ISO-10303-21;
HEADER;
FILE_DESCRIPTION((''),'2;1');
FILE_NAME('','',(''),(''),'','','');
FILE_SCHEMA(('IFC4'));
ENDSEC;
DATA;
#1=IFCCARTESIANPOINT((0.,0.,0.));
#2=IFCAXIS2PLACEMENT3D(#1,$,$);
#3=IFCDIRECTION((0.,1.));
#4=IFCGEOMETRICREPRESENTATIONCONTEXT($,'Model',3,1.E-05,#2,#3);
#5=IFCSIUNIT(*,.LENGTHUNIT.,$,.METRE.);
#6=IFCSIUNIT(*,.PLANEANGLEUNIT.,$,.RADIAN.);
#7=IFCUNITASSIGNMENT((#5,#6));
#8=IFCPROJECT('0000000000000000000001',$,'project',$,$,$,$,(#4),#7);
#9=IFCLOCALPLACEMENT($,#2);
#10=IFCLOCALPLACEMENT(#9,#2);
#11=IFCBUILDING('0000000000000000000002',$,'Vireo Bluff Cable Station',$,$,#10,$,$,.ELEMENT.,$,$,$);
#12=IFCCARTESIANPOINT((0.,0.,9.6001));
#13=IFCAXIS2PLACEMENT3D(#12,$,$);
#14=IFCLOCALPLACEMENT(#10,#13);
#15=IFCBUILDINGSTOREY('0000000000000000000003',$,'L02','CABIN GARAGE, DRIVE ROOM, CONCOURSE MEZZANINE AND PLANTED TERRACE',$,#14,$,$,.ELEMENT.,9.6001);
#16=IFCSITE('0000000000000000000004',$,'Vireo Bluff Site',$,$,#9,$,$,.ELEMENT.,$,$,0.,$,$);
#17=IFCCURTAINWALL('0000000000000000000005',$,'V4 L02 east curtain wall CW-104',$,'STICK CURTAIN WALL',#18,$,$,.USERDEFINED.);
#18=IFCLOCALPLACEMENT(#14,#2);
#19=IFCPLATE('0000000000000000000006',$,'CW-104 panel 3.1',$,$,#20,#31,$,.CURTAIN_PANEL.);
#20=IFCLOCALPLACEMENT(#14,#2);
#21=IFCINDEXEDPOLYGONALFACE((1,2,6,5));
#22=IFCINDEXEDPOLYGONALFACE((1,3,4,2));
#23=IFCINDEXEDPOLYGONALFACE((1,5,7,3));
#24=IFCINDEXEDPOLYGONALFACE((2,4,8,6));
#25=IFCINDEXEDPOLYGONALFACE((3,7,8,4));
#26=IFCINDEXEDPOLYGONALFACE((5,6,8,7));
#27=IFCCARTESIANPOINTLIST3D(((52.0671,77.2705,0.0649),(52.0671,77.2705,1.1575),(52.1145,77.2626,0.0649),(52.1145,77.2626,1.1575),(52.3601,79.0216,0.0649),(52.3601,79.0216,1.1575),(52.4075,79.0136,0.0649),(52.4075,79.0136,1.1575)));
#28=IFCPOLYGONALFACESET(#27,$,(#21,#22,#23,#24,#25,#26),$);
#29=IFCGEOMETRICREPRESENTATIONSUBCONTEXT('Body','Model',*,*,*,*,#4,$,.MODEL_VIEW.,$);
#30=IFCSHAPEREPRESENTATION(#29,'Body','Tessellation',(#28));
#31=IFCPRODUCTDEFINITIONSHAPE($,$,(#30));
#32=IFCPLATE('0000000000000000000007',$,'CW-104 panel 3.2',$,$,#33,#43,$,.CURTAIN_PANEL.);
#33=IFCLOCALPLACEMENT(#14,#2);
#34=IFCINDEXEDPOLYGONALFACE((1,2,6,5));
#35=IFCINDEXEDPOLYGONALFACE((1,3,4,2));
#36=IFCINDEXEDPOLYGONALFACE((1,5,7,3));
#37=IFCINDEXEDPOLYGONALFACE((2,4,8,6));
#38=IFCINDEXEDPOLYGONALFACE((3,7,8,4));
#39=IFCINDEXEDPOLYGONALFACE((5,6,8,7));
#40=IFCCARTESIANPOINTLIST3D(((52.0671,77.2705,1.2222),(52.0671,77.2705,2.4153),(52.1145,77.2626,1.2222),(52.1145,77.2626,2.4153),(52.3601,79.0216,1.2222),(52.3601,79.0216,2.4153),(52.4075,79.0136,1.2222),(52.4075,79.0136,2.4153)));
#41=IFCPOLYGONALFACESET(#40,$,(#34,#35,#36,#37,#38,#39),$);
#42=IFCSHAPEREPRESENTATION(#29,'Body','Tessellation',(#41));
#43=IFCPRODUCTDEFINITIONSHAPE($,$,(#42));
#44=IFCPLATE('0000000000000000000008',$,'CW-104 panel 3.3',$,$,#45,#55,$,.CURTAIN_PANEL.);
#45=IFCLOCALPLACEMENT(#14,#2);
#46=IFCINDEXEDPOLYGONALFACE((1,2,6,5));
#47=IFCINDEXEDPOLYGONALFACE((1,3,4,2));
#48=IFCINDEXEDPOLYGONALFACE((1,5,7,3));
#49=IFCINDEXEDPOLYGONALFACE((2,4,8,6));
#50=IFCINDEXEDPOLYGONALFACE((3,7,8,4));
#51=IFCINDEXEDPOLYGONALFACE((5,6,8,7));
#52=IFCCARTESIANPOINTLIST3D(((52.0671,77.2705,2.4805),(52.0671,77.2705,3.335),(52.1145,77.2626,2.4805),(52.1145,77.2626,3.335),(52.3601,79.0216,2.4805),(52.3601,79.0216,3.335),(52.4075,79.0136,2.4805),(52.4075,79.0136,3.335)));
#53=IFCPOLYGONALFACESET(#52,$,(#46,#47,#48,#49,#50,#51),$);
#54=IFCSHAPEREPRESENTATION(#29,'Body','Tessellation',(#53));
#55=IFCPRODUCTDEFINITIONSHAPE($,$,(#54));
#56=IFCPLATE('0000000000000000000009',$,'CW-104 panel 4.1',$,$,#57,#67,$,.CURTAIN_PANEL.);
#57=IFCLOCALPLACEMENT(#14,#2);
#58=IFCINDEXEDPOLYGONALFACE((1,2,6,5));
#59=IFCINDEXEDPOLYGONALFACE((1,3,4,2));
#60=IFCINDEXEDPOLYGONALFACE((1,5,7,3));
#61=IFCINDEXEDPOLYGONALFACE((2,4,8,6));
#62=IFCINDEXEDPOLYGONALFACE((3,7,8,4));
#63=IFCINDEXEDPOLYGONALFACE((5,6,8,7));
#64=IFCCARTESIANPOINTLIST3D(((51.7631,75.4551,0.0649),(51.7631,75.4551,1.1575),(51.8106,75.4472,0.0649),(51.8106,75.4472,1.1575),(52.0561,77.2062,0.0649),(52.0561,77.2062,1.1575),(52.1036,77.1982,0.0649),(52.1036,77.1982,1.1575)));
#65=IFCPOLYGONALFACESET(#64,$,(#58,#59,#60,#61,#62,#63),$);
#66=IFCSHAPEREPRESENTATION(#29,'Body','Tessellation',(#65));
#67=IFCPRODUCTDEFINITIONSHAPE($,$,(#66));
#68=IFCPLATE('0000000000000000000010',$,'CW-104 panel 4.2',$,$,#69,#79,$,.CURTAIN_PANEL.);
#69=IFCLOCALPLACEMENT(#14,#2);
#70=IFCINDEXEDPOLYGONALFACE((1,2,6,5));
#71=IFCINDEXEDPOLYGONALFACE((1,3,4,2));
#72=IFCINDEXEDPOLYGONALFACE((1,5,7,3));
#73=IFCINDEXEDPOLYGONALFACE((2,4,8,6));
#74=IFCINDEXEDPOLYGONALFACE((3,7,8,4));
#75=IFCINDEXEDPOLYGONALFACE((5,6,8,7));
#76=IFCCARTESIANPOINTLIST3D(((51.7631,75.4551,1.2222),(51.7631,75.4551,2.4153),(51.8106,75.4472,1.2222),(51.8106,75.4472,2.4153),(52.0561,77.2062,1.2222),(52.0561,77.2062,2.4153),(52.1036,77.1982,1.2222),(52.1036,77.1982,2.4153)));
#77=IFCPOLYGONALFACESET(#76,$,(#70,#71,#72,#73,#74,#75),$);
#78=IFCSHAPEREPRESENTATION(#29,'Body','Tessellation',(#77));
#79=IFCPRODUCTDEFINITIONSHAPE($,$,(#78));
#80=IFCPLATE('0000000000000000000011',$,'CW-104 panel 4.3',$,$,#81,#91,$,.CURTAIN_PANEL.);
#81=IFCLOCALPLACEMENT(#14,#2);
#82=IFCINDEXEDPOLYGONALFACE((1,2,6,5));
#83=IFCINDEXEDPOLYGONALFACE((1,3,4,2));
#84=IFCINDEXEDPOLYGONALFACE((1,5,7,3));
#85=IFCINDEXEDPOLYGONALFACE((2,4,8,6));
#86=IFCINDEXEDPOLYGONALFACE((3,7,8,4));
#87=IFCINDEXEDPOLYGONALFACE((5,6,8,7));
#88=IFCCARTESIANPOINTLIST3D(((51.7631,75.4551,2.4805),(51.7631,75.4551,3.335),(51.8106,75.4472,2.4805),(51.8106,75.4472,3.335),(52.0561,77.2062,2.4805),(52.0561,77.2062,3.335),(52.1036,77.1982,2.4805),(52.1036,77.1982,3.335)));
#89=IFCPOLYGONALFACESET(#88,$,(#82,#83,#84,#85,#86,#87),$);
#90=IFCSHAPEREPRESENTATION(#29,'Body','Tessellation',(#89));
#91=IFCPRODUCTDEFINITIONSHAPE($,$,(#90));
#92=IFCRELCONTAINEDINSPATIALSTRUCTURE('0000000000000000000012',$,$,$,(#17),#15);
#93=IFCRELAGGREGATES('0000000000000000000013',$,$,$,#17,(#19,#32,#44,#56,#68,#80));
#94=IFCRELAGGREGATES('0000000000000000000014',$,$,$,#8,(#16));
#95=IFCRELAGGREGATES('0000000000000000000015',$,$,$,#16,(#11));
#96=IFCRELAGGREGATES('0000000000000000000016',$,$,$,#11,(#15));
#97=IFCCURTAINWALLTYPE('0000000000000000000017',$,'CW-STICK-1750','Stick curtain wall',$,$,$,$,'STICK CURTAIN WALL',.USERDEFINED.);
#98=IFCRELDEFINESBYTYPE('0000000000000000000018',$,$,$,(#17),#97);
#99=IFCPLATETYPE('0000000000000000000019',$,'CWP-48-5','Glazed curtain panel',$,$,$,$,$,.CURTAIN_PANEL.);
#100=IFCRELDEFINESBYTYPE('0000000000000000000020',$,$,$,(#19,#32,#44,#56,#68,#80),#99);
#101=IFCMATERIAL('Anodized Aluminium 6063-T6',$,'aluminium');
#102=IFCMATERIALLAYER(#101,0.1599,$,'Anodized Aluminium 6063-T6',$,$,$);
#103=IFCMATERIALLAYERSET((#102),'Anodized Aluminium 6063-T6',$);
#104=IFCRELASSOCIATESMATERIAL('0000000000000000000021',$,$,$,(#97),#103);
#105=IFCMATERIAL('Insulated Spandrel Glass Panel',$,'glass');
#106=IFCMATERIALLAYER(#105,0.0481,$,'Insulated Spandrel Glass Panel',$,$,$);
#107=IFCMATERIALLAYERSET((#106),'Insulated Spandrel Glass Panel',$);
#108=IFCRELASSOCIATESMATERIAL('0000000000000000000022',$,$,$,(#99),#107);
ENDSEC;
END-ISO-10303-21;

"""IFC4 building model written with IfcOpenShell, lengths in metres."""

from ifc_helpers import new_model, si_unit, direction, frame, origin, origin_2d, place, context, subcontext, project, spatial, rectangle, extrude, material, layer, layer_set, type_object, element, aggregate, save


model = new_model("IFC4")

# Units and contexts
model_context = context("Model", 3, precision=1e-05, world=origin(), true_north=direction((0.0, 1.0)))
body_context = subcontext(model_context, "Body", "Model", "MODEL_VIEW")
ifc_project = project(units=[si_unit("LENGTHUNIT", "METRE"), si_unit("PLANEANGLEUNIT", "RADIAN")], contexts=[model_context])

# Site, building, storey
site_placement = place(None, origin())
site = spatial("IfcSite", under=ifc_project, at=site_placement, Name="Vireo Bluff Site", CompositionType="ELEMENT", RefElevation=0.0)
building_placement = place(site_placement, origin())
building = spatial("IfcBuilding", under=site, at=building_placement, Name="Vireo Bluff Cable Station", CompositionType="ELEMENT")
storey_placement = place(building_placement, frame((0.0, 0.0, 9.6001)))
storey = spatial("IfcBuildingStorey", under=building, at=storey_placement, Name="L02", Description="CABIN GARAGE, DRIVE ROOM, CONCOURSE MEZZANINE AND PLANTED TERRACE", CompositionType="ELEMENT", Elevation=9.6001)

# Curtain wall
ifc_material_1 = material(Name="Anodized Aluminium 6063-T6", Category="aluminium")
ifc_layer_1 = layer(ifc_material_1, 0.1599, Name="Anodized Aluminium 6063-T6")
ifc_layer_set_1 = layer_set([ifc_layer_1], Name="Anodized Aluminium 6063-T6")
curtain_wall_type = type_object("IfcCurtainWallType", Name="CW-STICK-1750", Description="Stick curtain wall", ElementType="STICK CURTAIN WALL", PredefinedType="USERDEFINED", material=ifc_layer_set_1)
curtain_wall_placement = place(storey_placement, origin())
curtain_wall = element("IfcCurtainWall", 1, at=curtain_wall_placement, inside=storey, type_object=curtain_wall_type, Name="V4 L02 east curtain wall CW-104", ObjectType="STICK CURTAIN WALL", PredefinedType="USERDEFINED")

# Plates
ifc_material_2 = material(Name="Insulated Spandrel Glass Panel", Category="glass")
ifc_layer_2 = layer(ifc_material_2, 0.0481, Name="Insulated Spandrel Glass Panel")
ifc_layer_set_2 = layer_set([ifc_layer_2], Name="Insulated Spandrel Glass Panel")
plate_type = type_object("IfcPlateType", Name="CWP-48-5", Description="Glazed curtain panel", PredefinedType="CURTAIN_PANEL", material=ifc_layer_set_2)
plate_1_placement = place(storey_placement, frame((52.2373, 78.1421, 0.0649), z_axis=(0.0, 0.0, 1.0), x_axis=(-0.165048, -0.986286, 0.0)))
plate_1 = element("IfcPlate", 2, at=plate_1_placement, type_object=plate_type, Name="CW-104 panel 3.1", PredefinedType="CURTAIN_PANEL", context=body_context, shape_type="SweptSolid", body=[
    extrude(rectangle(XDim=1.7754, YDim=0.0481, at=origin_2d()), origin(), (0.0, 0.0, 1.0), 1.0925),
])
plate_2_placement = place(storey_placement, frame((52.2373, 78.1421, 1.2222), z_axis=(0.0, 0.0, 1.0), x_axis=(-0.165048, -0.986286, 0.0)))
plate_2 = element("IfcPlate", 3, at=plate_2_placement, type_object=plate_type, Name="CW-104 panel 3.2", PredefinedType="CURTAIN_PANEL", context=body_context, shape_type="SweptSolid", body=[
    extrude(rectangle(XDim=1.7754, YDim=0.0481, at=origin_2d()), origin(), (0.0, 0.0, 1.0), 1.1931),
])
plate_3_placement = place(storey_placement, frame((52.2373, 78.1421, 2.4805), z_axis=(0.0, 0.0, 1.0), x_axis=(-0.165048, -0.986286, 0.0)))
plate_3 = element("IfcPlate", 4, at=plate_3_placement, type_object=plate_type, Name="CW-104 panel 3.3", PredefinedType="CURTAIN_PANEL", context=body_context, shape_type="SweptSolid", body=[
    extrude(rectangle(XDim=1.7754, YDim=0.0481, at=origin_2d()), origin(), (0.0, 0.0, 1.0), 0.8545),
])
plate_4_placement = place(storey_placement, frame((51.9333, 76.3267, 0.0649), z_axis=(0.0, 0.0, 1.0), x_axis=(-0.165048, -0.986286, 0.0)))
plate_4 = element("IfcPlate", 5, at=plate_4_placement, type_object=plate_type, Name="CW-104 panel 4.1", PredefinedType="CURTAIN_PANEL", context=body_context, shape_type="SweptSolid", body=[
    extrude(rectangle(XDim=1.7754, YDim=0.0481, at=origin_2d()), origin(), (0.0, 0.0, 1.0), 1.0925),
])
plate_5_placement = place(storey_placement, frame((51.9333, 76.3267, 1.2222), z_axis=(0.0, 0.0, 1.0), x_axis=(-0.165048, -0.986286, 0.0)))
plate_5 = element("IfcPlate", 6, at=plate_5_placement, type_object=plate_type, Name="CW-104 panel 4.2", PredefinedType="CURTAIN_PANEL", context=body_context, shape_type="SweptSolid", body=[
    extrude(rectangle(XDim=1.7754, YDim=0.0481, at=origin_2d()), origin(), (0.0, 0.0, 1.0), 1.1931),
])
plate_6_placement = place(storey_placement, frame((51.9333, 76.3267, 2.4805), z_axis=(0.0, 0.0, 1.0), x_axis=(-0.165048, -0.986286, 0.0)))
plate_6 = element("IfcPlate", 7, at=plate_6_placement, type_object=plate_type, Name="CW-104 panel 4.3", PredefinedType="CURTAIN_PANEL", context=body_context, shape_type="SweptSolid", body=[
    extrude(rectangle(XDim=1.7754, YDim=0.0481, at=origin_2d()), origin(), (0.0, 0.0, 1.0), 0.8545),
])
aggregate(curtain_wall, [plate_1, plate_2, plate_3, plate_4, plate_5, plate_6])

save(model, "model.ifc")
